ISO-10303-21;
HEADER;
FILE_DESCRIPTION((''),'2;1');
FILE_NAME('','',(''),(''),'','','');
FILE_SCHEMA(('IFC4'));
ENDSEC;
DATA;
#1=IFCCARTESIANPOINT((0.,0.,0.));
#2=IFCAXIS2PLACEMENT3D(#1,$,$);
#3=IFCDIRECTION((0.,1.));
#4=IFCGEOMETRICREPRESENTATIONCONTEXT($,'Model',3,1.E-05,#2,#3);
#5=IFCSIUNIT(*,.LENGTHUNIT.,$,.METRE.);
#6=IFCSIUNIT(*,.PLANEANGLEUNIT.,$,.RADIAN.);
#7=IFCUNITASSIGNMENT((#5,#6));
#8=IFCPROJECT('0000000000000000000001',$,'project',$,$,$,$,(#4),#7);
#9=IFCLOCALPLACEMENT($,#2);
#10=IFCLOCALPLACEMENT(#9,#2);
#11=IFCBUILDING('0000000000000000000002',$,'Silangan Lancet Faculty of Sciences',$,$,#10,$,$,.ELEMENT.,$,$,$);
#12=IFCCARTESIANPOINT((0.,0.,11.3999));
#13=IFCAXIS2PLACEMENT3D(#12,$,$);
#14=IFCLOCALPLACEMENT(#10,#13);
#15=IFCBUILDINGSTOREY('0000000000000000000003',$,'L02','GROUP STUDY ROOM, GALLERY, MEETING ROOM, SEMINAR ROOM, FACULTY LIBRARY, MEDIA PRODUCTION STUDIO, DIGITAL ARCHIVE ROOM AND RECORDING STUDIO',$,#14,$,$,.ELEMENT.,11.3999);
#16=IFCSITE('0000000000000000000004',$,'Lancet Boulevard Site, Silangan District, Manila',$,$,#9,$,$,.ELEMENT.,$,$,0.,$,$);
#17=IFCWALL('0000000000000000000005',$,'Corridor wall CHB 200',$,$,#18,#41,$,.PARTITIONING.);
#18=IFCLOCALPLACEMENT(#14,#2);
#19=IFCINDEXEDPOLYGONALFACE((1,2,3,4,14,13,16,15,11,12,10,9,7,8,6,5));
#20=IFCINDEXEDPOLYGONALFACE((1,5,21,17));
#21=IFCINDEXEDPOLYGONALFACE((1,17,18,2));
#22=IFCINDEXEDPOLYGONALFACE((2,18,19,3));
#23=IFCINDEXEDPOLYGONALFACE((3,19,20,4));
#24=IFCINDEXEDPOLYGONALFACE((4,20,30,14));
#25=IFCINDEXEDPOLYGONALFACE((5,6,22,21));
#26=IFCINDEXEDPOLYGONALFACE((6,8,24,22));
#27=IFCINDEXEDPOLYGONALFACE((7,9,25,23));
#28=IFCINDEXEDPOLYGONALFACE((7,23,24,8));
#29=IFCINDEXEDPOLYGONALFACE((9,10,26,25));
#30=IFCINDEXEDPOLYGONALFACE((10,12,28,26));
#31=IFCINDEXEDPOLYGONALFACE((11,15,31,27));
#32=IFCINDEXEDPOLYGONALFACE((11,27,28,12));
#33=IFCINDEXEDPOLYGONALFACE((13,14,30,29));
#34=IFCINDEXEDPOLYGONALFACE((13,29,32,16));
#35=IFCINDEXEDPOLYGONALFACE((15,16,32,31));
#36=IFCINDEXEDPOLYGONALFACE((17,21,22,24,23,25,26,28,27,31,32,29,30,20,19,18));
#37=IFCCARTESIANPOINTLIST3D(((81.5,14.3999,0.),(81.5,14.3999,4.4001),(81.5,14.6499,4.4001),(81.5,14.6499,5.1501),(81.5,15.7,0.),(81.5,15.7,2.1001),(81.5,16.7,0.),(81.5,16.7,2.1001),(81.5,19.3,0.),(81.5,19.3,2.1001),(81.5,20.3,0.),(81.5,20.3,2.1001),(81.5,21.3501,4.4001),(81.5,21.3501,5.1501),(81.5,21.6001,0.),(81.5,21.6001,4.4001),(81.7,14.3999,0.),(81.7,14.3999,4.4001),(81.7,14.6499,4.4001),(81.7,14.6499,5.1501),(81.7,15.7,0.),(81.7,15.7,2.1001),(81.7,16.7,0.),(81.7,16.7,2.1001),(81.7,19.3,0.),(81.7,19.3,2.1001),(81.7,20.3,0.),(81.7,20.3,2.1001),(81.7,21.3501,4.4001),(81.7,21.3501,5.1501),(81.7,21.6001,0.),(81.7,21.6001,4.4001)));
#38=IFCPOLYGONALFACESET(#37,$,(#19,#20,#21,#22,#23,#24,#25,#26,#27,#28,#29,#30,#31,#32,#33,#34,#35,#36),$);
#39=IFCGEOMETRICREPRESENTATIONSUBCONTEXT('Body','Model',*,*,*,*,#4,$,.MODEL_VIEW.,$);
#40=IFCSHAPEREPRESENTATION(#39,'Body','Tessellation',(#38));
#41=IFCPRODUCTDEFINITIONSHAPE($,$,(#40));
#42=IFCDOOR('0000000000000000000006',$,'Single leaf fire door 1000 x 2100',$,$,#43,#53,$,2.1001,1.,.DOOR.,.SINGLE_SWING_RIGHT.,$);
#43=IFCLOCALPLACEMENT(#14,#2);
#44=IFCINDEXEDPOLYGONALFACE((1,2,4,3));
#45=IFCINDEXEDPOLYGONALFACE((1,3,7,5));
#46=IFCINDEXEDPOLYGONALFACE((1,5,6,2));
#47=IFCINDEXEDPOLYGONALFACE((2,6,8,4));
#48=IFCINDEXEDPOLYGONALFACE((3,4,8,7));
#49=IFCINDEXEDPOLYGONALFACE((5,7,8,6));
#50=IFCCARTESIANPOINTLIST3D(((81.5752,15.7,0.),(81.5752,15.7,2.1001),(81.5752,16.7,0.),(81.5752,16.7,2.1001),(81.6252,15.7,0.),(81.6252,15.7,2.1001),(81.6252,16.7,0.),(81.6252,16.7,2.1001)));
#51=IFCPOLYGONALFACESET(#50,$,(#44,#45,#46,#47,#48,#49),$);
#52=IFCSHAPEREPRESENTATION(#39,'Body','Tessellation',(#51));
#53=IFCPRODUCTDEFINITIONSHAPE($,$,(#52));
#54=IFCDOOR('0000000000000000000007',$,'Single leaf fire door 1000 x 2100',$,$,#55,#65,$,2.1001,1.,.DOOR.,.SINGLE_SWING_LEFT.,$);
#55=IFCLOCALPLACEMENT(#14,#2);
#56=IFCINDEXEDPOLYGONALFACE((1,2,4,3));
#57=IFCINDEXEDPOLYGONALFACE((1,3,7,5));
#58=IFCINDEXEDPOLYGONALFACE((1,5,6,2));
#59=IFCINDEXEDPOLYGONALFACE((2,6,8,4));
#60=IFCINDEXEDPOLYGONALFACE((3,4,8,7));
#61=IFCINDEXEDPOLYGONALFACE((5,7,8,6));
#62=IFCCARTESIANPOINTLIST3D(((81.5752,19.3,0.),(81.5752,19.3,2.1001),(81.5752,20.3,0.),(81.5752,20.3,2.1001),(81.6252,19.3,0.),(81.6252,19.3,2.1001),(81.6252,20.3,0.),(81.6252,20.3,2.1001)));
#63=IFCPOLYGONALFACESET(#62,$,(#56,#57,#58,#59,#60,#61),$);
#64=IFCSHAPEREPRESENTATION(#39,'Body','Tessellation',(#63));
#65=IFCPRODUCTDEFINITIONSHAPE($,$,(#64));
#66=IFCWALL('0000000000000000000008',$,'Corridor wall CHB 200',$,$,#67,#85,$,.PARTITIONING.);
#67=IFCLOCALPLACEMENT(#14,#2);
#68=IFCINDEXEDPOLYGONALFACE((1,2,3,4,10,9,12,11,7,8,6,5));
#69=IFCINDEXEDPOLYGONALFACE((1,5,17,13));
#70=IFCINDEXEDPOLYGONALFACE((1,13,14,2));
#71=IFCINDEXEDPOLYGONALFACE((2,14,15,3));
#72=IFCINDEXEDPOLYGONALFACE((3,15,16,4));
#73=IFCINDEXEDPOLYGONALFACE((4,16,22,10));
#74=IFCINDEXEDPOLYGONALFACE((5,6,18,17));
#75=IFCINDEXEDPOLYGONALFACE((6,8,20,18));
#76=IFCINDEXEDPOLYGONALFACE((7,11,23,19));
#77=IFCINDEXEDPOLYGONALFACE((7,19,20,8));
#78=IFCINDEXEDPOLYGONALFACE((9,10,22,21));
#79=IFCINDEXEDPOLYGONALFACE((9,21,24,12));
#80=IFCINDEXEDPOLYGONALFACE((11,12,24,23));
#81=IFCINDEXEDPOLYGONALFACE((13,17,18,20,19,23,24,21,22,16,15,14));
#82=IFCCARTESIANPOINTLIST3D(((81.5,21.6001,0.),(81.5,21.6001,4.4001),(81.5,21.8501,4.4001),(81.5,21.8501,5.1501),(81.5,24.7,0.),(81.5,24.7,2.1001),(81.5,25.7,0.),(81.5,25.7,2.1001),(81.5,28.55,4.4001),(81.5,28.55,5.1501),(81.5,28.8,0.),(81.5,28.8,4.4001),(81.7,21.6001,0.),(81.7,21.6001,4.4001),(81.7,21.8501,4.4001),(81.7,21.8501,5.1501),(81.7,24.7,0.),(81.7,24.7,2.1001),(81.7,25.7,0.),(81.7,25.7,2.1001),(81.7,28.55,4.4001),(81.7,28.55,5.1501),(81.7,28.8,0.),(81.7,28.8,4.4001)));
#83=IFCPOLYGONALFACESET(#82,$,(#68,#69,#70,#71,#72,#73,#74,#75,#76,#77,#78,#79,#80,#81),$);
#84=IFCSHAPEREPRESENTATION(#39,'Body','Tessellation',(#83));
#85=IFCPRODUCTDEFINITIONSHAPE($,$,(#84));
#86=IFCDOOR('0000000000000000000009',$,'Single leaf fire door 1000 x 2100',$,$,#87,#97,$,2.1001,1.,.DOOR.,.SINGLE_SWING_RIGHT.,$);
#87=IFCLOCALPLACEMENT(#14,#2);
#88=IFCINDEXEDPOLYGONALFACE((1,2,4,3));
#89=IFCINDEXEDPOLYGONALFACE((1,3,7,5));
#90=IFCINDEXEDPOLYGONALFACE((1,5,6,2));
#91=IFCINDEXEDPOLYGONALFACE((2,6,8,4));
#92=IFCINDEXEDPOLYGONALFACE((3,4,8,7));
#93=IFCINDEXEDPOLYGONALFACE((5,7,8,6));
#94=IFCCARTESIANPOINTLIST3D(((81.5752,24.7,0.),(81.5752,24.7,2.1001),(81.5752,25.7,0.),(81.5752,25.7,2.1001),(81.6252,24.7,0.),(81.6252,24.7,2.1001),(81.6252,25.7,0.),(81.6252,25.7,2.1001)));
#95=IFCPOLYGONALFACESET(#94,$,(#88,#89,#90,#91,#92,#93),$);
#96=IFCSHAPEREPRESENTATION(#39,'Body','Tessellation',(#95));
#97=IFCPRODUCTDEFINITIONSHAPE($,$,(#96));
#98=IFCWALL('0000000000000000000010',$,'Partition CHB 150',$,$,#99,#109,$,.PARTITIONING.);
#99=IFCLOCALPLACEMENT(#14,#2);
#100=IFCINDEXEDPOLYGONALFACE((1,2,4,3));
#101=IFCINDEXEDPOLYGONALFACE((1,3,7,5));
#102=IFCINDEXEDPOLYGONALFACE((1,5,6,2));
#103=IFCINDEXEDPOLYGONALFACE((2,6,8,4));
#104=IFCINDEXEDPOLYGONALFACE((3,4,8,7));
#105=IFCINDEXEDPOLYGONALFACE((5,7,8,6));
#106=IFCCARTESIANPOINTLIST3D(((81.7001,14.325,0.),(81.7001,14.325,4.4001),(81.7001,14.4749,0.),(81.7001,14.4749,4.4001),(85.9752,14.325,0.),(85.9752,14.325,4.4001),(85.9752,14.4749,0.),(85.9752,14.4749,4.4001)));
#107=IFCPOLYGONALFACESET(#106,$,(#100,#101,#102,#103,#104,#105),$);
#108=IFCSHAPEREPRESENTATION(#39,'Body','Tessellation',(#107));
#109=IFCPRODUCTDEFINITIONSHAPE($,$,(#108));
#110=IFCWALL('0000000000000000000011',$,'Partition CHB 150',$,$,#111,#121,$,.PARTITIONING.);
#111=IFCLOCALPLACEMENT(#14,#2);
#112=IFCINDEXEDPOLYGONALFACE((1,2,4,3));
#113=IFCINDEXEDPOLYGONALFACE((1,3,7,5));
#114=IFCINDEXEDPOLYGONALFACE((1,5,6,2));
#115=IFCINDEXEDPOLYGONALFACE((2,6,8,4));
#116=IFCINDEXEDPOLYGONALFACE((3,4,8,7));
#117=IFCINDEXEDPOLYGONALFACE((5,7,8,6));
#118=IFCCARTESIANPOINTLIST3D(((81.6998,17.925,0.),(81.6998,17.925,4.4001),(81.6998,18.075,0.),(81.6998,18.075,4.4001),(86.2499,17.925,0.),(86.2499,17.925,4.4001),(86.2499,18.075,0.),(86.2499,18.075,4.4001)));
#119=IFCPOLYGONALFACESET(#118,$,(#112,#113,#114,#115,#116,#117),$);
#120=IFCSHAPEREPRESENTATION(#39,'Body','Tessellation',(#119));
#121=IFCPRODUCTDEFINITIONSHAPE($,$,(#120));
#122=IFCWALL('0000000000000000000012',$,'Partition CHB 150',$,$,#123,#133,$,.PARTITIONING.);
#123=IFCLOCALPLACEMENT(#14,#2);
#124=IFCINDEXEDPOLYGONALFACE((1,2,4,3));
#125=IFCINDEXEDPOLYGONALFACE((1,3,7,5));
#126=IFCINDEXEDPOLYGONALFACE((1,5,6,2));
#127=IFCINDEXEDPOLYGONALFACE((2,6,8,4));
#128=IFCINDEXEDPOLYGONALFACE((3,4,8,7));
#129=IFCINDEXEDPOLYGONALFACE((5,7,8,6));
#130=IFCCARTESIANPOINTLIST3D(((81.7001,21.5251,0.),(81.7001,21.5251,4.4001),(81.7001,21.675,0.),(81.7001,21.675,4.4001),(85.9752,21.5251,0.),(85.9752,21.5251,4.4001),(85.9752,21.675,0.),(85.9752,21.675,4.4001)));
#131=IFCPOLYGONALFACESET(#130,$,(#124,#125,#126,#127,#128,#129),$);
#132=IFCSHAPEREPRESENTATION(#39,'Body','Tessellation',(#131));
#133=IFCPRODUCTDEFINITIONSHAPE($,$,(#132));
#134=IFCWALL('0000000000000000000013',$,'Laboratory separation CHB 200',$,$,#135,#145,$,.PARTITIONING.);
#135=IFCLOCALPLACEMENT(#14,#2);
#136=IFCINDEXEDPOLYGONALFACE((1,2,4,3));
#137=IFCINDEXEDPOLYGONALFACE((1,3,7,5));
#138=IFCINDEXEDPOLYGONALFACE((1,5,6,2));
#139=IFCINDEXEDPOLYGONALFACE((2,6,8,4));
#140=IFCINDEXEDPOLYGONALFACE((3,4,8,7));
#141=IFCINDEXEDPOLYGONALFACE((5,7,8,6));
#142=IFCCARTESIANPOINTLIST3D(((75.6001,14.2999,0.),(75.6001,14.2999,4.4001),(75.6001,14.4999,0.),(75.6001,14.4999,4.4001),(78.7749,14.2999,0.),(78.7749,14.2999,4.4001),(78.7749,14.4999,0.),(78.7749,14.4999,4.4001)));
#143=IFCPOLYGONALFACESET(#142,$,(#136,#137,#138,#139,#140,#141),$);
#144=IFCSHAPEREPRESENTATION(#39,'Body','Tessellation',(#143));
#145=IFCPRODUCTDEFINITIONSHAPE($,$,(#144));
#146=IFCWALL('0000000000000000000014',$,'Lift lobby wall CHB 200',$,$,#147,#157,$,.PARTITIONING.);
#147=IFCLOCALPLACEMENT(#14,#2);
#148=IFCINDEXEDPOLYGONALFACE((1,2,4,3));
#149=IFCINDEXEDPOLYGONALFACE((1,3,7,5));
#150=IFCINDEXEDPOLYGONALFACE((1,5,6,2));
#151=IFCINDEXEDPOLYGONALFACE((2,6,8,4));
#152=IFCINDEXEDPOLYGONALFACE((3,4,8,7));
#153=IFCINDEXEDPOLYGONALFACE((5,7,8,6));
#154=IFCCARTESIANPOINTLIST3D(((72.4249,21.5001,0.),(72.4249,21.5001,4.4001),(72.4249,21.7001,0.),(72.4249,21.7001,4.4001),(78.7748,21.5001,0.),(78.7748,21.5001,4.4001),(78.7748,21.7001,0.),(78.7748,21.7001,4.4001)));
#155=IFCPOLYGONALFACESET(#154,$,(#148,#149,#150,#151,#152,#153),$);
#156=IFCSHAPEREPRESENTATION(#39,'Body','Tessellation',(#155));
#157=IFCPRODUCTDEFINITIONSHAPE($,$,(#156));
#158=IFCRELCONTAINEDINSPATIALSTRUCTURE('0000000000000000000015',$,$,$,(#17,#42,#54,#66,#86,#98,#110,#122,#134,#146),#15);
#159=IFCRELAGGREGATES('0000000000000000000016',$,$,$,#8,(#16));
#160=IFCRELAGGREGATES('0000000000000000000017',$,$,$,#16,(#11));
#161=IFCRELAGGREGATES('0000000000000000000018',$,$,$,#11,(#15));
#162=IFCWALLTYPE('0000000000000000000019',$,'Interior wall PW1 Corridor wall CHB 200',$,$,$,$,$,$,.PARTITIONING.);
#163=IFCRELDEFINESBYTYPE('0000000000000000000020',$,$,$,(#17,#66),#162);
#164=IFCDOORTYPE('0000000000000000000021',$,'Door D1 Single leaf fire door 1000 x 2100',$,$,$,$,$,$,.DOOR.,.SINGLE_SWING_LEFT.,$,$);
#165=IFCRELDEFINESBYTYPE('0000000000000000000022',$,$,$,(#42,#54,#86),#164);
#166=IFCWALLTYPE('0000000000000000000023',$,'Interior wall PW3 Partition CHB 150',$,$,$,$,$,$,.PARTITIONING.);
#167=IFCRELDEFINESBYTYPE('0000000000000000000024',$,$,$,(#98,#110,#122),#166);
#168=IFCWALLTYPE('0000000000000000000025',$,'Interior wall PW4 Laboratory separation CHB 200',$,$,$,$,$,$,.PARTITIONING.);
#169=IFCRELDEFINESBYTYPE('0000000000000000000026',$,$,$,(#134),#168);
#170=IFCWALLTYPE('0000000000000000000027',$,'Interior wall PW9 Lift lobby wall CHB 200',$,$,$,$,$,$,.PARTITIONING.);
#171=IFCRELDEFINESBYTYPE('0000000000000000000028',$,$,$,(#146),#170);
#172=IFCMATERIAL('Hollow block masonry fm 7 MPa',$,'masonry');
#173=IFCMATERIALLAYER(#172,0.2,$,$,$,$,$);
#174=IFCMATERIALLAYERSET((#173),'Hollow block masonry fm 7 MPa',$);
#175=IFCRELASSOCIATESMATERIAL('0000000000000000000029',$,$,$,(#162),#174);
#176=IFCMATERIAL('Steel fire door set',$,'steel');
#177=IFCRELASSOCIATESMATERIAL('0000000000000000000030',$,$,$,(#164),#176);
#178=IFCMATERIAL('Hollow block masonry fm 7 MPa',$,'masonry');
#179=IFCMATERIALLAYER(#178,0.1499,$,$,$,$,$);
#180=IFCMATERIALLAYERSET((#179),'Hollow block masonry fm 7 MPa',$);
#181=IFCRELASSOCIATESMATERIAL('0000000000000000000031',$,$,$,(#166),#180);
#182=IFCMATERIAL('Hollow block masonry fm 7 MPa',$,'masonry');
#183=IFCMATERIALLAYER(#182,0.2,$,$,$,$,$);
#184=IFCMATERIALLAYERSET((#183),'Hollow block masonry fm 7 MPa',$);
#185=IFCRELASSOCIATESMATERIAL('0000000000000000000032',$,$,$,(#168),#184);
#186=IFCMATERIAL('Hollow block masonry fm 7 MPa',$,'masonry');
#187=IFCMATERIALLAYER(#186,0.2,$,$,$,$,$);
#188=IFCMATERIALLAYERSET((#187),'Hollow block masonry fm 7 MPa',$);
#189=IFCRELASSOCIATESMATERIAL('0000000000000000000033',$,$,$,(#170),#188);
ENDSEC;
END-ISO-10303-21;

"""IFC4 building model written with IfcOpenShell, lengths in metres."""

from ifc_helpers import new_model, si_unit, direction, frame, frame_2d, origin, place, context, subcontext, project, spatial, polyline, rectangle, outline, extrude, material, layer, layer_set, type_object, element, fill, save


model = new_model("IFC4")

# Units and contexts
model_context = context("Model", 3, precision=1e-05, world=origin(), true_north=direction((0.0, 1.0)))
body_context = subcontext(model_context, "Body", "Model", "MODEL_VIEW")
ifc_project = project(units=[si_unit("LENGTHUNIT", "METRE"), si_unit("PLANEANGLEUNIT", "RADIAN")], contexts=[model_context])

# Site, building, storey
site_placement = place(None, origin())
site = spatial("IfcSite", under=ifc_project, at=site_placement, Name="Lancet Boulevard Site, Silangan District, Manila", CompositionType="ELEMENT", RefElevation=0.0)
building_placement = place(site_placement, origin())
building = spatial("IfcBuilding", under=site, at=building_placement, Name="Silangan Lancet Faculty of Sciences", CompositionType="ELEMENT")
storey_placement = place(building_placement, frame((0.0, 0.0, 11.3999)))
storey = spatial("IfcBuildingStorey", under=building, at=storey_placement, Name="L02", Description="GROUP STUDY ROOM, GALLERY, MEETING ROOM, SEMINAR ROOM, FACULTY LIBRARY, MEDIA PRODUCTION STUDIO, DIGITAL ARCHIVE ROOM AND RECORDING STUDIO", CompositionType="ELEMENT", Elevation=11.3999)

# Shared definitions
ifc_material_1 = material(Name="Hollow block masonry fm 7 MPa", Category="masonry")
ifc_layer_1 = layer(ifc_material_1, 0.2)
ifc_layer_set_1 = layer_set([ifc_layer_1], Name="Hollow block masonry fm 7 MPa")
wall_type_1 = type_object("IfcWallType", Name="Interior wall PW1 Corridor wall CHB 200", PredefinedType="PARTITIONING", material=ifc_layer_set_1)
ifc_material_2 = material(Name="Steel fire door set", Category="steel")
door_type = type_object("IfcDoorType", Name="Door D1 Single leaf fire door 1000 x 2100", OperationType="SINGLE_SWING_LEFT", PredefinedType="DOOR", material=ifc_material_2)

# Wall, openings, doors
wall_1_placement = place(storey_placement, frame((81.6001, 14.3999, 0.0), z_axis=(0.0, 0.0, 1.0), x_axis=(0.0, 1.0, 0.0)))
wall_1 = element("IfcWall", 1, at=wall_1_placement, inside=storey, type_object=wall_type_1, Name="Corridor wall CHB 200", PredefinedType="PARTITIONING", context=body_context, shape_type="SweptSolid", body=[
    extrude(outline(polyline([(0.0, 0.0), (7.2002, 0.0), (7.2002, 4.4001), (6.9502, 4.4001), (6.9502, 5.1501), (0.25, 5.1501), (0.25, 4.4001), (0.0, 4.4001), (0.0, 0.0)])), frame((0.0, 0.1001, 0.0), z_axis=(0.0, -1.0, 0.0), x_axis=(1.0, 0.0, 0.0)), (0.0, 0.0, 1.0), 0.2),
])
opening_1_placement = place(wall_1_placement, frame((1.3, 0.0, 0.0)))
opening_1 = element("IfcOpeningElement", 2, at=opening_1_placement, cuts=wall_1, PredefinedType="OPENING", context=body_context, shape_type="SweptSolid", body=[
    extrude(rectangle(XDim=1.0, YDim=2.1001, at=frame_2d((0.5, 1.05))), frame((0.0, 0.1099, 0.0), z_axis=(0.0, -1.0, 0.0), x_axis=(1.0, 0.0, 0.0)), (0.0, 0.0, 1.0), 0.22),
])
opening_2_placement = place(wall_1_placement, frame((4.9001, 0.0, 0.0)))
opening_2 = element("IfcOpeningElement", 3, at=opening_2_placement, cuts=wall_1, PredefinedType="OPENING", context=body_context, shape_type="SweptSolid", body=[
    extrude(rectangle(XDim=1.0, YDim=2.1001, at=frame_2d((0.5, 1.05))), frame((0.0, 0.1099, 0.0), z_axis=(0.0, -1.0, 0.0), x_axis=(1.0, 0.0, 0.0)), (0.0, 0.0, 1.0), 0.22),
])
door_1_placement = place(opening_1_placement, frame((1.0, 0.0, 0.0), z_axis=(0.0, 0.0, 1.0), x_axis=(-1.0, 0.0, 0.0)))
door_1 = element("IfcDoor", 4, at=door_1_placement, inside=storey, type_object=door_type, Name="Single leaf fire door 1000 x 2100", OperationType="SINGLE_SWING_RIGHT", OverallHeight=2.1001, OverallWidth=1.0, PredefinedType="DOOR", context=body_context, shape_type="SweptSolid", body=[
    extrude(rectangle(XDim=1.0, YDim=2.1001, at=frame_2d((0.5, 1.05))), frame((0.0, 0.0251, 0.0), z_axis=(0.0, -1.0, 0.0), x_axis=(1.0, 0.0, 0.0)), (0.0, 0.0, 1.0), 0.05),
])
fill(opening_1, door_1)
door_2_placement = place(opening_2_placement, frame((1.0, 0.0, 0.0), z_axis=(0.0, 0.0, 1.0), x_axis=(-1.0, 0.0, 0.0)))
door_2 = element("IfcDoor", 5, at=door_2_placement, inside=storey, type_object=door_type, Name="Single leaf fire door 1000 x 2100", OperationType="SINGLE_SWING_LEFT", OverallHeight=2.1001, OverallWidth=1.0, PredefinedType="DOOR", context=body_context, shape_type="SweptSolid", body=[
    extrude(rectangle(XDim=1.0, YDim=2.1001, at=frame_2d((0.5, 1.05))), frame((0.0, 0.0251, 0.0), z_axis=(0.0, -1.0, 0.0), x_axis=(1.0, 0.0, 0.0)), (0.0, 0.0, 1.0), 0.05),
])
fill(opening_2, door_2)

# Wall, opening, door
wall_2_placement = place(storey_placement, frame((81.6001, 21.6001, 0.0), z_axis=(0.0, 0.0, 1.0), x_axis=(0.0, 1.0, 0.0)))
wall_2 = element("IfcWall", 6, at=wall_2_placement, inside=storey, type_object=wall_type_1, Name="Corridor wall CHB 200", PredefinedType="PARTITIONING", context=body_context, shape_type="SweptSolid", body=[
    extrude(outline(polyline([(0.0, 0.0), (7.2, 0.0), (7.2, 4.4001), (6.95, 4.4001), (6.95, 5.1501), (0.25, 5.1501), (0.25, 4.4001), (0.0, 4.4001), (0.0, 0.0)])), frame((0.0, 0.1001, 0.0), z_axis=(0.0, -1.0, 0.0), x_axis=(1.0, 0.0, 0.0)), (0.0, 0.0, 1.0), 0.2),
])
opening_3_placement = place(wall_2_placement, frame((3.0999, 0.0, 0.0)))
opening_3 = element("IfcOpeningElement", 7, at=opening_3_placement, cuts=wall_2, PredefinedType="OPENING", context=body_context, shape_type="SweptSolid", body=[
    extrude(rectangle(XDim=1.0, YDim=2.1001, at=frame_2d((0.5, 1.05))), frame((0.0, 0.1099, 0.0), z_axis=(0.0, -1.0, 0.0), x_axis=(1.0, 0.0, 0.0)), (0.0, 0.0, 1.0), 0.22),
])
door_3_placement = place(opening_3_placement, frame((1.0, 0.0, 0.0), z_axis=(0.0, 0.0, 1.0), x_axis=(-1.0, 0.0, 0.0)))
door_3 = element("IfcDoor", 8, at=door_3_placement, inside=storey, type_object=door_type, Name="Single leaf fire door 1000 x 2100", OperationType="SINGLE_SWING_RIGHT", OverallHeight=2.1001, OverallWidth=1.0, PredefinedType="DOOR", context=body_context, shape_type="SweptSolid", body=[
    extrude(rectangle(XDim=1.0, YDim=2.1001, at=frame_2d((0.5, 1.05))), frame((0.0, 0.0251, 0.0), z_axis=(0.0, -1.0, 0.0), x_axis=(1.0, 0.0, 0.0)), (0.0, 0.0, 1.0), 0.05),
])
fill(opening_3, door_3)

# Walls
ifc_material_3 = material(Name="Hollow block masonry fm 7 MPa", Category="masonry")
ifc_layer_2 = layer(ifc_material_3, 0.1499)
ifc_layer_set_2 = layer_set([ifc_layer_2], Name="Hollow block masonry fm 7 MPa")
wall_type_2 = type_object("IfcWallType", Name="Interior wall PW3 Partition CHB 150", PredefinedType="PARTITIONING", material=ifc_layer_set_2)
wall_3_placement = place(storey_placement, frame((81.7, 14.3999, 0.0), z_axis=(0.0, 0.0, 1.0), x_axis=(1.0, 0.0, 0.0)))
element("IfcWall", 9, at=wall_3_placement, inside=storey, type_object=wall_type_2, Name="Partition CHB 150", PredefinedType="PARTITIONING", context=body_context, shape_type="SweptSolid", body=[
    extrude(rectangle(XDim=4.2751, YDim=0.1499, at=frame_2d((2.1377, 0.0))), origin(), (0.0, 0.0, 1.0), 4.4001),
])
wall_4_placement = place(storey_placement, frame((81.7, 18.0, 0.0), z_axis=(0.0, 0.0, 1.0), x_axis=(1.0, 0.0, 0.0)))
element("IfcWall", 10, at=wall_4_placement, inside=storey, type_object=wall_type_2, Name="Partition CHB 150", PredefinedType="PARTITIONING", context=body_context, shape_type="SweptSolid", body=[
    extrude(rectangle(XDim=4.55, YDim=0.1499, at=frame_2d((2.2749, 0.0))), origin(), (0.0, 0.0, 1.0), 4.4001),
])
wall_5_placement = place(storey_placement, frame((81.7, 21.6001, 0.0), z_axis=(0.0, 0.0, 1.0), x_axis=(1.0, 0.0, 0.0)))
element("IfcWall", 11, at=wall_5_placement, inside=storey, type_object=wall_type_2, Name="Partition CHB 150", PredefinedType="PARTITIONING", context=body_context, shape_type="SweptSolid", body=[
    extrude(rectangle(XDim=4.2751, YDim=0.1499, at=frame_2d((2.1377, 0.0))), origin(), (0.0, 0.0, 1.0), 4.4001),
])
ifc_material_4 = material(Name="Hollow block masonry fm 7 MPa", Category="masonry")
ifc_layer_3 = layer(ifc_material_4, 0.2)
ifc_layer_set_3 = layer_set([ifc_layer_3], Name="Hollow block masonry fm 7 MPa")
wall_type_3 = type_object("IfcWallType", Name="Interior wall PW4 Laboratory separation CHB 200", PredefinedType="PARTITIONING", material=ifc_layer_set_3)
wall_6_placement = place(storey_placement, frame((75.6001, 14.3999, 0.0), z_axis=(0.0, 0.0, 1.0), x_axis=(1.0, 0.0, 0.0)))
element("IfcWall", 12, at=wall_6_placement, inside=storey, type_object=wall_type_3, Name="Laboratory separation CHB 200", PredefinedType="PARTITIONING", context=body_context, shape_type="SweptSolid", body=[
    extrude(rectangle(XDim=3.1748, YDim=0.2, at=frame_2d((1.5874, 0.0))), origin(), (0.0, 0.0, 1.0), 4.4001),
])
ifc_material_5 = material(Name="Hollow block masonry fm 7 MPa", Category="masonry")
ifc_layer_4 = layer(ifc_material_5, 0.2)
ifc_layer_set_4 = layer_set([ifc_layer_4], Name="Hollow block masonry fm 7 MPa")
wall_type_4 = type_object("IfcWallType", Name="Interior wall PW9 Lift lobby wall CHB 200", PredefinedType="PARTITIONING", material=ifc_layer_set_4)
wall_7_placement = place(storey_placement, frame((72.425, 21.6001, 0.0), z_axis=(0.0, 0.0, 1.0), x_axis=(1.0, 0.0, 0.0)))
element("IfcWall", 13, at=wall_7_placement, inside=storey, type_object=wall_type_4, Name="Lift lobby wall CHB 200", PredefinedType="PARTITIONING", context=body_context, shape_type="SweptSolid", body=[
    extrude(rectangle(XDim=6.3499, YDim=0.2, at=frame_2d((3.1748, 0.0))), origin(), (0.0, 0.0, 1.0), 4.4001),
])

save(model, "model.ifc")
